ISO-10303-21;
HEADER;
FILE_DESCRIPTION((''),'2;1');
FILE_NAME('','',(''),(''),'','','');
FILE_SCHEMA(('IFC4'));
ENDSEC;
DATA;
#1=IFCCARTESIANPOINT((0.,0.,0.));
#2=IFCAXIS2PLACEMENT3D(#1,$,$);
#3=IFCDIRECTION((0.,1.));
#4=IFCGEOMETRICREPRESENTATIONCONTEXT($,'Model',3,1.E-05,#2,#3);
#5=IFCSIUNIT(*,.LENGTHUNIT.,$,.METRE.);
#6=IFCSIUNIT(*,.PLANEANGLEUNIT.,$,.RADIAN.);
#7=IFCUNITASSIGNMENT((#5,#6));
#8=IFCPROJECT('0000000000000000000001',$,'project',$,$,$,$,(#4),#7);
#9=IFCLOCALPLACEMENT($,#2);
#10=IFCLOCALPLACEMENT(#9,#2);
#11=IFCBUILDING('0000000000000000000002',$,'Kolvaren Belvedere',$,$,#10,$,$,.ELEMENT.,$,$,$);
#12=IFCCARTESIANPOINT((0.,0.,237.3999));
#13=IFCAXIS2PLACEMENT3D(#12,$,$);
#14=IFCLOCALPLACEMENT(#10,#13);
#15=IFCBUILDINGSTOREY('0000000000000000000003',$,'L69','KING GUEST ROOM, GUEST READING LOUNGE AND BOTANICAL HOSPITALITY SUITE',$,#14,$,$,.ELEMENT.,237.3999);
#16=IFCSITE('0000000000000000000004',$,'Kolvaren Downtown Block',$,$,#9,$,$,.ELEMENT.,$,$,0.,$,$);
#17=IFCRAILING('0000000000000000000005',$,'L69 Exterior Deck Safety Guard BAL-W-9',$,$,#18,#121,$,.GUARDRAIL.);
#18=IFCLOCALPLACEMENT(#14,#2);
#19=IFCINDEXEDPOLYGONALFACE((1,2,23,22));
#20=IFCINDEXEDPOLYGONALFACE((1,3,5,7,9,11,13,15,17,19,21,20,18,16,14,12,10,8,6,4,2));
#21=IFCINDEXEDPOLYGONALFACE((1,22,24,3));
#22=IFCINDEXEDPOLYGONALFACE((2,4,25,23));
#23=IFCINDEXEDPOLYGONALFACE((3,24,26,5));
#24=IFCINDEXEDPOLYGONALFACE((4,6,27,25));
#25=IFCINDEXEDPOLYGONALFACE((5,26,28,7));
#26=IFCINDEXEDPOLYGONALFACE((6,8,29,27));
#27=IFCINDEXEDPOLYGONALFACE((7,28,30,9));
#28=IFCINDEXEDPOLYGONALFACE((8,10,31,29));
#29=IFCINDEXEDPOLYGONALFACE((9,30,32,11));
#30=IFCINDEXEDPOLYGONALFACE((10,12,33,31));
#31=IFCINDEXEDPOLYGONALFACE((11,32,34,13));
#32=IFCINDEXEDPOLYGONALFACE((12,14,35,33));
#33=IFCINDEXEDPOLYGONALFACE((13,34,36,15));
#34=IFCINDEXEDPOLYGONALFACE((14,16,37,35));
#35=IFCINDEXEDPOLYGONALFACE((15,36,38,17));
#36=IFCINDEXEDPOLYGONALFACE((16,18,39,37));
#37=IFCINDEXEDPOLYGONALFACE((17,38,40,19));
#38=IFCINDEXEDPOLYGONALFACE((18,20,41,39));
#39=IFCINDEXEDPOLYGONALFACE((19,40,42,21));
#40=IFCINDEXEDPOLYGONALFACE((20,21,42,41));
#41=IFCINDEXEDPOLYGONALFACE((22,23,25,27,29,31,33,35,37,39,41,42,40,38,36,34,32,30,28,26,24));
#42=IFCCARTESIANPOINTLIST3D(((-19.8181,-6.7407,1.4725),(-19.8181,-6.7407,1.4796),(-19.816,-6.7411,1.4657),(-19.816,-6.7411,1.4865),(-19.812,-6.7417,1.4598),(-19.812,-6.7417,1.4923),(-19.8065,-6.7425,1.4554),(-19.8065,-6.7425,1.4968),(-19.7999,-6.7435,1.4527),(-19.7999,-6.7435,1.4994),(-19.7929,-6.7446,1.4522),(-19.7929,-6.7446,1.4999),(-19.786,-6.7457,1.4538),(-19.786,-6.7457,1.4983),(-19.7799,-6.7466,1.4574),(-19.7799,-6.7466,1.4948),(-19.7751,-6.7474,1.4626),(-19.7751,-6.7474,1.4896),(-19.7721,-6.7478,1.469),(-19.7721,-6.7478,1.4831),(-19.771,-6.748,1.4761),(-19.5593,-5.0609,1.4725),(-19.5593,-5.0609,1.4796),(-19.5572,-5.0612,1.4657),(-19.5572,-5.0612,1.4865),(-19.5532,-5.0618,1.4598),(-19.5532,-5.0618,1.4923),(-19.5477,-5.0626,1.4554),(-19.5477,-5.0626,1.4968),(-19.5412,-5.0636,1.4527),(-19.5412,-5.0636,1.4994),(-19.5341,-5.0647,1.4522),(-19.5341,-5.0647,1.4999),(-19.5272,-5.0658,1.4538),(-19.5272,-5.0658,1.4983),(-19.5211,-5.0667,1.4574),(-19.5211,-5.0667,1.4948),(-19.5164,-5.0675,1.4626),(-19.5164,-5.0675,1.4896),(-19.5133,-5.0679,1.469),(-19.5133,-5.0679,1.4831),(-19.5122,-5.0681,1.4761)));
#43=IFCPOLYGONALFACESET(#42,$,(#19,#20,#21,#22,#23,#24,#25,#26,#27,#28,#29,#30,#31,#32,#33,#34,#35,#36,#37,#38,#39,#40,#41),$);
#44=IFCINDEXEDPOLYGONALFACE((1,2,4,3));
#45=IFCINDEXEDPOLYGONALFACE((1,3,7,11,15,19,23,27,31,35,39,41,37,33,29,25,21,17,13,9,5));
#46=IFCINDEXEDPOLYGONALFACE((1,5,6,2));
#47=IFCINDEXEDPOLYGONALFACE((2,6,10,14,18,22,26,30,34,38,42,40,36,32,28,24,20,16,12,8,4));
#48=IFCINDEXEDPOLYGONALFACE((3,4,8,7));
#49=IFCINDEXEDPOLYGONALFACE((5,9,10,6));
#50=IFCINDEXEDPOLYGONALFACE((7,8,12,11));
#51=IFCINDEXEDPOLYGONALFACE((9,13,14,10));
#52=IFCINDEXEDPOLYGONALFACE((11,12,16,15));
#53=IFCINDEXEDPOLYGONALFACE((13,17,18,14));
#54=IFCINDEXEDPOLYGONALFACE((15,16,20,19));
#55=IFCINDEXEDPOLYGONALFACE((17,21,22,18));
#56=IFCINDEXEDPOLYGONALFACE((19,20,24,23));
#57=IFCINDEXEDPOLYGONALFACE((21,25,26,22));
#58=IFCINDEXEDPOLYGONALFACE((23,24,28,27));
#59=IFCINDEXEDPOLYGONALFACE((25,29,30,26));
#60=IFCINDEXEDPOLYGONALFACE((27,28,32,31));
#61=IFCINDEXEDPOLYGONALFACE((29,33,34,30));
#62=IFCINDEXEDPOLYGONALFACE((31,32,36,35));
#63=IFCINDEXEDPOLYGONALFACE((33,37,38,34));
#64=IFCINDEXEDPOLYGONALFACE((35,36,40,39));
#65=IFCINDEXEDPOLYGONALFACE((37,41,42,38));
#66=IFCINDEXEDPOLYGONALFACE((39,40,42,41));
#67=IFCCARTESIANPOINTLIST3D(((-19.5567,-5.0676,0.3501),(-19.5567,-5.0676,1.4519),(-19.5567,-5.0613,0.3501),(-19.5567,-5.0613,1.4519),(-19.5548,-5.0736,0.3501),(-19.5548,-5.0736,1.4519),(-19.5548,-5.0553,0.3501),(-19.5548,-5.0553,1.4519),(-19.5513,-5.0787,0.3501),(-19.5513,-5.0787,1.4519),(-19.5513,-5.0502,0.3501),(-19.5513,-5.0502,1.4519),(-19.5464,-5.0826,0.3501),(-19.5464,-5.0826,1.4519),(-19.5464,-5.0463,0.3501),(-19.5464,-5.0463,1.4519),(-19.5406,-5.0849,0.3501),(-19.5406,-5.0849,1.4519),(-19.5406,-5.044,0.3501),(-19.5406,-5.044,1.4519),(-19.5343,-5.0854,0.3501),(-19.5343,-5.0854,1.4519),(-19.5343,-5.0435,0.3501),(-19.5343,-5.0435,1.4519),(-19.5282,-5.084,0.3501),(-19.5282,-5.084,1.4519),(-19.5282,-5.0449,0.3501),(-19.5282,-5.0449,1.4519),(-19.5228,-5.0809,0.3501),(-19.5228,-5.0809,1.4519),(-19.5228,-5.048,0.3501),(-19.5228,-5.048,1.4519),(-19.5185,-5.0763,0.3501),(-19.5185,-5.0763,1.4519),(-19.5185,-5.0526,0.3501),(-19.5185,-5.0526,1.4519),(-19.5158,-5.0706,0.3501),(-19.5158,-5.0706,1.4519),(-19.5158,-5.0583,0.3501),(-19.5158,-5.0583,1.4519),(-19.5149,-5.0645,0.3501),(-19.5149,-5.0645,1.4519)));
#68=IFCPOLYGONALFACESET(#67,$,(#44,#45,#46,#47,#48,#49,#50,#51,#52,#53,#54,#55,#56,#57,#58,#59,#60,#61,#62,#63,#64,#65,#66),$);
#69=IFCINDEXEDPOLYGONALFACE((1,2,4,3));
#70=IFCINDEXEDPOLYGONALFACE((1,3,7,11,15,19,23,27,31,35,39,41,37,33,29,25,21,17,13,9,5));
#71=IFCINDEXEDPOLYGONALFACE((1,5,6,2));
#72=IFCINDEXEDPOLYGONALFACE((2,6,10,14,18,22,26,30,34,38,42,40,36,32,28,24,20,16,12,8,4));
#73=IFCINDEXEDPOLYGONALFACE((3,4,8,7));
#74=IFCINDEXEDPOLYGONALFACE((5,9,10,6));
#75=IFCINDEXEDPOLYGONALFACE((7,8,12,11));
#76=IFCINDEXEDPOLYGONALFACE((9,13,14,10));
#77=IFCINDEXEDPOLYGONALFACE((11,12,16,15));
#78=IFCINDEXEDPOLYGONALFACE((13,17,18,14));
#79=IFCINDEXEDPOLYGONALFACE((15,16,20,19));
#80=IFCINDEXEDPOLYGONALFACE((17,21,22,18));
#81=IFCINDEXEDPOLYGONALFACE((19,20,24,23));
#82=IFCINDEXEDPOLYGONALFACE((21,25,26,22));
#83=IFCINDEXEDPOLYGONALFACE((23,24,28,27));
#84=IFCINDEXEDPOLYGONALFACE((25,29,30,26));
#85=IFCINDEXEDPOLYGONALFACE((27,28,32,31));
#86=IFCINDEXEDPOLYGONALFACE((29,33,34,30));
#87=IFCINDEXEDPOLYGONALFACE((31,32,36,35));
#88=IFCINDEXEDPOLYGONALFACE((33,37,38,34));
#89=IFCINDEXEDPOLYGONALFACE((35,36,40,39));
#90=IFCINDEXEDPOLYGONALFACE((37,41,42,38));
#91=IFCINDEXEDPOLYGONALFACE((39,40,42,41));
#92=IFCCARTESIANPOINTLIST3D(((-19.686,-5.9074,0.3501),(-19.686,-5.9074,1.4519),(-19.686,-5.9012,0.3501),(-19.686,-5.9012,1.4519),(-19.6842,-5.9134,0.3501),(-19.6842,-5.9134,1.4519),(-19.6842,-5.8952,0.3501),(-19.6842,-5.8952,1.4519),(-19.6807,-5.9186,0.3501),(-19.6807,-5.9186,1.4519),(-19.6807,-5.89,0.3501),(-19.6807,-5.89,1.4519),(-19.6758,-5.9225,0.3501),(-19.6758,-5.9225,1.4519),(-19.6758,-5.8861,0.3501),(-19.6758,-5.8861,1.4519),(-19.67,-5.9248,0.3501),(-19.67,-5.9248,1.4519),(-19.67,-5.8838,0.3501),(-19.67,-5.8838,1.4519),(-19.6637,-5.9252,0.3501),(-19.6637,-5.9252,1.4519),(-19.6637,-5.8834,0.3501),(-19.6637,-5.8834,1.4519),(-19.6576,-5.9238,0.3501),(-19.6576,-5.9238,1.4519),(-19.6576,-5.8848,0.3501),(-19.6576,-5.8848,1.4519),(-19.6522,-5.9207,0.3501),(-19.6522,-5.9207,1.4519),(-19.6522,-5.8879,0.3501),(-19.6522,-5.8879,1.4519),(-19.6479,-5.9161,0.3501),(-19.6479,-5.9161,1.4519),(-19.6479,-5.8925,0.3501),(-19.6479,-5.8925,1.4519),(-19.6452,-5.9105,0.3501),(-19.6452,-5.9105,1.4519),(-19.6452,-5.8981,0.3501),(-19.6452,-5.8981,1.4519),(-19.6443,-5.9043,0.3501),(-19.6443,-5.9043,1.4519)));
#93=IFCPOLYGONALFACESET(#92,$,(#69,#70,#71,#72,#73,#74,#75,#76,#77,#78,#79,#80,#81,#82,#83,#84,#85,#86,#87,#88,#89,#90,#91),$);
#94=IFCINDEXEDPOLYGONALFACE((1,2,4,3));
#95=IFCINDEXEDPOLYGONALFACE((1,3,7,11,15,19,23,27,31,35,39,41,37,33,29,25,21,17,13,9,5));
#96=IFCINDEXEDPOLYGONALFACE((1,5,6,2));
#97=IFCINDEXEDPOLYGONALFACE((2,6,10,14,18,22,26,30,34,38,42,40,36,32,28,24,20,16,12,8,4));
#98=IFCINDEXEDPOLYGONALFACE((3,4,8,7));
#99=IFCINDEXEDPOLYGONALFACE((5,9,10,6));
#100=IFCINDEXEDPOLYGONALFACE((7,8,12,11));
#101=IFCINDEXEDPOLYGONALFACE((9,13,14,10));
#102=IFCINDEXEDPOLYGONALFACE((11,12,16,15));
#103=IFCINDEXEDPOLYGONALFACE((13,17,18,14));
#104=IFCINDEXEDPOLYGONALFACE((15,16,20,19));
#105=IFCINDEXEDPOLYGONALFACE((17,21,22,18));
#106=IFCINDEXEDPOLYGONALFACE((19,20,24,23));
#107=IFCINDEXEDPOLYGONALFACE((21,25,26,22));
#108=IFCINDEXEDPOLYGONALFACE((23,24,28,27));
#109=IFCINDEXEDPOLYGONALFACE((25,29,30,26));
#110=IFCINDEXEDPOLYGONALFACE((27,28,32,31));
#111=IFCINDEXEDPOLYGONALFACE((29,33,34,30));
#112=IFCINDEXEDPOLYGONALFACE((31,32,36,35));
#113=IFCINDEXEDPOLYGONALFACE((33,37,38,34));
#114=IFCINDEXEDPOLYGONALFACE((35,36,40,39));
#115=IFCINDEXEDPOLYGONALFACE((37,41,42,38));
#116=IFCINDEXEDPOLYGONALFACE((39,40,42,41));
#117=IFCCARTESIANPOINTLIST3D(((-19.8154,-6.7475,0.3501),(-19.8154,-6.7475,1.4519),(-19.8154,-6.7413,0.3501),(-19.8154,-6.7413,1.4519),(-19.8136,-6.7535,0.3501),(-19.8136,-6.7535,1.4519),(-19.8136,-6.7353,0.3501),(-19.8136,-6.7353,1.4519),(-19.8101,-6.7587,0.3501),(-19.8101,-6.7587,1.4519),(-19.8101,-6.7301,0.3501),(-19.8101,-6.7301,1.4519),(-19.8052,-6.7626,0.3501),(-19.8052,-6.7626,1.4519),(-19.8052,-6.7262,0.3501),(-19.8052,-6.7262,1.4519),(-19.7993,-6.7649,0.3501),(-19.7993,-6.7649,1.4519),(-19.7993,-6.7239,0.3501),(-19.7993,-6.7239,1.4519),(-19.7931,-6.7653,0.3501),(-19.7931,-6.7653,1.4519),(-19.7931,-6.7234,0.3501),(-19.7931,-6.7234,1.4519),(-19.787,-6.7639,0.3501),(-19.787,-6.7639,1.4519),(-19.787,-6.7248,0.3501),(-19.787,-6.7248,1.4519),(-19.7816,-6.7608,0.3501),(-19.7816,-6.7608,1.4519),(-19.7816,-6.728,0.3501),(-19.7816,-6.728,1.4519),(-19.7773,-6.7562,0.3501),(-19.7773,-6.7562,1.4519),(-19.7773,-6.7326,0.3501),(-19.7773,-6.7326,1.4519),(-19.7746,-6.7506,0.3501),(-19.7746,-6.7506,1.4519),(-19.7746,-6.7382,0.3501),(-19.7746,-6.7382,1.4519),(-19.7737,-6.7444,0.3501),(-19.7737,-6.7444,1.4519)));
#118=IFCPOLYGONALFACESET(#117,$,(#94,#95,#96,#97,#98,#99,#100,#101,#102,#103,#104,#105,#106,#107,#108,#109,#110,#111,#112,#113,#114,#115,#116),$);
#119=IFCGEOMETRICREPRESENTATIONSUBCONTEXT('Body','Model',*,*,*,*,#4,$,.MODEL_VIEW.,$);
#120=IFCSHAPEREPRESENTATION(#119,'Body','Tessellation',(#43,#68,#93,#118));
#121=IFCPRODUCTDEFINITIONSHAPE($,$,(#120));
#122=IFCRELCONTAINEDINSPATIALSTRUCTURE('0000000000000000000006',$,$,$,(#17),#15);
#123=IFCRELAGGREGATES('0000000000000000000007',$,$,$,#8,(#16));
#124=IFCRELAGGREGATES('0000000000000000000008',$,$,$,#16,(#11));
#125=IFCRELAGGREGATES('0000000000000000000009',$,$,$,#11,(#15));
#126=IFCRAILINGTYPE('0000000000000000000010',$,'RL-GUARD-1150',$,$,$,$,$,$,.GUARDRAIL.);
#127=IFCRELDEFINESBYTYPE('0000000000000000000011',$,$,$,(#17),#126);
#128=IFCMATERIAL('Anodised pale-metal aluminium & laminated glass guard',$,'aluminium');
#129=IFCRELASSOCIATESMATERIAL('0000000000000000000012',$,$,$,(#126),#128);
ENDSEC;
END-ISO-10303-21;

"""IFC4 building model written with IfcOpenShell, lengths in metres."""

from ifc_helpers import new_model, si_unit, direction, frame, origin, origin_2d, place, context, subcontext, project, spatial, circle, extrude, material, type_object, element, save


model = new_model("IFC4")

# Units and contexts
model_context = context("Model", 3, precision=1e-05, world=origin(), true_north=direction((0.0, 1.0)))
body_context = subcontext(model_context, "Body", "Model", "MODEL_VIEW")
ifc_project = project(units=[si_unit("LENGTHUNIT", "METRE"), si_unit("PLANEANGLEUNIT", "RADIAN")], contexts=[model_context])

# Site, building, storey
site_placement = place(None, origin())
site = spatial("IfcSite", under=ifc_project, at=site_placement, Name="Kolvaren Downtown Block", CompositionType="ELEMENT", RefElevation=0.0)
building_placement = place(site_placement, origin())
building = spatial("IfcBuilding", under=site, at=building_placement, Name="Kolvaren Belvedere", CompositionType="ELEMENT")
storey_placement = place(building_placement, frame((0.0, 0.0, 237.3999)))
storey = spatial("IfcBuildingStorey", under=building, at=storey_placement, Name="L69", Description="KING GUEST ROOM, GUEST READING LOUNGE AND BOTANICAL HOSPITALITY SUITE", CompositionType="ELEMENT", Elevation=237.3999)

# Railing
ifc_material_1 = material(Name="Anodised pale-metal aluminium & laminated glass guard", Category="aluminium")
railing_type = type_object("IfcRailingType", Name="RL-GUARD-1150", PredefinedType="GUARDRAIL", material=ifc_material_1)
railing_1_placement = place(storey_placement, frame((-19.5359, -5.0645, 0.3501)))
element("IfcRailing", 1, at=railing_1_placement, inside=storey, type_object=railing_type, Name="L69 Exterior Deck Safety Guard BAL-W-9", PredefinedType="GUARDRAIL", context=body_context, shape_type="SweptSolid", body=[
    extrude(circle(Radius=0.0239, at=origin_2d()), frame((0.0, 0.0, 1.126), z_axis=(-0.152251, -0.988342, 0.0), x_axis=(0.988342, -0.152251, 0.0)), (0.0, 0.0, 1.0), 1.6997),
    extrude(circle(Radius=0.021, at=origin_2d()), origin(), (0.0, 0.0, 1.0), 1.1018),
    extrude(circle(Radius=0.021, at=origin_2d()), frame((-0.1294, -0.8398, 0.0)), (0.0, 0.0, 1.0), 1.1018),
    extrude(circle(Radius=0.021, at=origin_2d()), frame((-0.2588, -1.6799, 0.0)), (0.0, 0.0, 1.0), 1.1018),
])

save(model, "model.ifc")
